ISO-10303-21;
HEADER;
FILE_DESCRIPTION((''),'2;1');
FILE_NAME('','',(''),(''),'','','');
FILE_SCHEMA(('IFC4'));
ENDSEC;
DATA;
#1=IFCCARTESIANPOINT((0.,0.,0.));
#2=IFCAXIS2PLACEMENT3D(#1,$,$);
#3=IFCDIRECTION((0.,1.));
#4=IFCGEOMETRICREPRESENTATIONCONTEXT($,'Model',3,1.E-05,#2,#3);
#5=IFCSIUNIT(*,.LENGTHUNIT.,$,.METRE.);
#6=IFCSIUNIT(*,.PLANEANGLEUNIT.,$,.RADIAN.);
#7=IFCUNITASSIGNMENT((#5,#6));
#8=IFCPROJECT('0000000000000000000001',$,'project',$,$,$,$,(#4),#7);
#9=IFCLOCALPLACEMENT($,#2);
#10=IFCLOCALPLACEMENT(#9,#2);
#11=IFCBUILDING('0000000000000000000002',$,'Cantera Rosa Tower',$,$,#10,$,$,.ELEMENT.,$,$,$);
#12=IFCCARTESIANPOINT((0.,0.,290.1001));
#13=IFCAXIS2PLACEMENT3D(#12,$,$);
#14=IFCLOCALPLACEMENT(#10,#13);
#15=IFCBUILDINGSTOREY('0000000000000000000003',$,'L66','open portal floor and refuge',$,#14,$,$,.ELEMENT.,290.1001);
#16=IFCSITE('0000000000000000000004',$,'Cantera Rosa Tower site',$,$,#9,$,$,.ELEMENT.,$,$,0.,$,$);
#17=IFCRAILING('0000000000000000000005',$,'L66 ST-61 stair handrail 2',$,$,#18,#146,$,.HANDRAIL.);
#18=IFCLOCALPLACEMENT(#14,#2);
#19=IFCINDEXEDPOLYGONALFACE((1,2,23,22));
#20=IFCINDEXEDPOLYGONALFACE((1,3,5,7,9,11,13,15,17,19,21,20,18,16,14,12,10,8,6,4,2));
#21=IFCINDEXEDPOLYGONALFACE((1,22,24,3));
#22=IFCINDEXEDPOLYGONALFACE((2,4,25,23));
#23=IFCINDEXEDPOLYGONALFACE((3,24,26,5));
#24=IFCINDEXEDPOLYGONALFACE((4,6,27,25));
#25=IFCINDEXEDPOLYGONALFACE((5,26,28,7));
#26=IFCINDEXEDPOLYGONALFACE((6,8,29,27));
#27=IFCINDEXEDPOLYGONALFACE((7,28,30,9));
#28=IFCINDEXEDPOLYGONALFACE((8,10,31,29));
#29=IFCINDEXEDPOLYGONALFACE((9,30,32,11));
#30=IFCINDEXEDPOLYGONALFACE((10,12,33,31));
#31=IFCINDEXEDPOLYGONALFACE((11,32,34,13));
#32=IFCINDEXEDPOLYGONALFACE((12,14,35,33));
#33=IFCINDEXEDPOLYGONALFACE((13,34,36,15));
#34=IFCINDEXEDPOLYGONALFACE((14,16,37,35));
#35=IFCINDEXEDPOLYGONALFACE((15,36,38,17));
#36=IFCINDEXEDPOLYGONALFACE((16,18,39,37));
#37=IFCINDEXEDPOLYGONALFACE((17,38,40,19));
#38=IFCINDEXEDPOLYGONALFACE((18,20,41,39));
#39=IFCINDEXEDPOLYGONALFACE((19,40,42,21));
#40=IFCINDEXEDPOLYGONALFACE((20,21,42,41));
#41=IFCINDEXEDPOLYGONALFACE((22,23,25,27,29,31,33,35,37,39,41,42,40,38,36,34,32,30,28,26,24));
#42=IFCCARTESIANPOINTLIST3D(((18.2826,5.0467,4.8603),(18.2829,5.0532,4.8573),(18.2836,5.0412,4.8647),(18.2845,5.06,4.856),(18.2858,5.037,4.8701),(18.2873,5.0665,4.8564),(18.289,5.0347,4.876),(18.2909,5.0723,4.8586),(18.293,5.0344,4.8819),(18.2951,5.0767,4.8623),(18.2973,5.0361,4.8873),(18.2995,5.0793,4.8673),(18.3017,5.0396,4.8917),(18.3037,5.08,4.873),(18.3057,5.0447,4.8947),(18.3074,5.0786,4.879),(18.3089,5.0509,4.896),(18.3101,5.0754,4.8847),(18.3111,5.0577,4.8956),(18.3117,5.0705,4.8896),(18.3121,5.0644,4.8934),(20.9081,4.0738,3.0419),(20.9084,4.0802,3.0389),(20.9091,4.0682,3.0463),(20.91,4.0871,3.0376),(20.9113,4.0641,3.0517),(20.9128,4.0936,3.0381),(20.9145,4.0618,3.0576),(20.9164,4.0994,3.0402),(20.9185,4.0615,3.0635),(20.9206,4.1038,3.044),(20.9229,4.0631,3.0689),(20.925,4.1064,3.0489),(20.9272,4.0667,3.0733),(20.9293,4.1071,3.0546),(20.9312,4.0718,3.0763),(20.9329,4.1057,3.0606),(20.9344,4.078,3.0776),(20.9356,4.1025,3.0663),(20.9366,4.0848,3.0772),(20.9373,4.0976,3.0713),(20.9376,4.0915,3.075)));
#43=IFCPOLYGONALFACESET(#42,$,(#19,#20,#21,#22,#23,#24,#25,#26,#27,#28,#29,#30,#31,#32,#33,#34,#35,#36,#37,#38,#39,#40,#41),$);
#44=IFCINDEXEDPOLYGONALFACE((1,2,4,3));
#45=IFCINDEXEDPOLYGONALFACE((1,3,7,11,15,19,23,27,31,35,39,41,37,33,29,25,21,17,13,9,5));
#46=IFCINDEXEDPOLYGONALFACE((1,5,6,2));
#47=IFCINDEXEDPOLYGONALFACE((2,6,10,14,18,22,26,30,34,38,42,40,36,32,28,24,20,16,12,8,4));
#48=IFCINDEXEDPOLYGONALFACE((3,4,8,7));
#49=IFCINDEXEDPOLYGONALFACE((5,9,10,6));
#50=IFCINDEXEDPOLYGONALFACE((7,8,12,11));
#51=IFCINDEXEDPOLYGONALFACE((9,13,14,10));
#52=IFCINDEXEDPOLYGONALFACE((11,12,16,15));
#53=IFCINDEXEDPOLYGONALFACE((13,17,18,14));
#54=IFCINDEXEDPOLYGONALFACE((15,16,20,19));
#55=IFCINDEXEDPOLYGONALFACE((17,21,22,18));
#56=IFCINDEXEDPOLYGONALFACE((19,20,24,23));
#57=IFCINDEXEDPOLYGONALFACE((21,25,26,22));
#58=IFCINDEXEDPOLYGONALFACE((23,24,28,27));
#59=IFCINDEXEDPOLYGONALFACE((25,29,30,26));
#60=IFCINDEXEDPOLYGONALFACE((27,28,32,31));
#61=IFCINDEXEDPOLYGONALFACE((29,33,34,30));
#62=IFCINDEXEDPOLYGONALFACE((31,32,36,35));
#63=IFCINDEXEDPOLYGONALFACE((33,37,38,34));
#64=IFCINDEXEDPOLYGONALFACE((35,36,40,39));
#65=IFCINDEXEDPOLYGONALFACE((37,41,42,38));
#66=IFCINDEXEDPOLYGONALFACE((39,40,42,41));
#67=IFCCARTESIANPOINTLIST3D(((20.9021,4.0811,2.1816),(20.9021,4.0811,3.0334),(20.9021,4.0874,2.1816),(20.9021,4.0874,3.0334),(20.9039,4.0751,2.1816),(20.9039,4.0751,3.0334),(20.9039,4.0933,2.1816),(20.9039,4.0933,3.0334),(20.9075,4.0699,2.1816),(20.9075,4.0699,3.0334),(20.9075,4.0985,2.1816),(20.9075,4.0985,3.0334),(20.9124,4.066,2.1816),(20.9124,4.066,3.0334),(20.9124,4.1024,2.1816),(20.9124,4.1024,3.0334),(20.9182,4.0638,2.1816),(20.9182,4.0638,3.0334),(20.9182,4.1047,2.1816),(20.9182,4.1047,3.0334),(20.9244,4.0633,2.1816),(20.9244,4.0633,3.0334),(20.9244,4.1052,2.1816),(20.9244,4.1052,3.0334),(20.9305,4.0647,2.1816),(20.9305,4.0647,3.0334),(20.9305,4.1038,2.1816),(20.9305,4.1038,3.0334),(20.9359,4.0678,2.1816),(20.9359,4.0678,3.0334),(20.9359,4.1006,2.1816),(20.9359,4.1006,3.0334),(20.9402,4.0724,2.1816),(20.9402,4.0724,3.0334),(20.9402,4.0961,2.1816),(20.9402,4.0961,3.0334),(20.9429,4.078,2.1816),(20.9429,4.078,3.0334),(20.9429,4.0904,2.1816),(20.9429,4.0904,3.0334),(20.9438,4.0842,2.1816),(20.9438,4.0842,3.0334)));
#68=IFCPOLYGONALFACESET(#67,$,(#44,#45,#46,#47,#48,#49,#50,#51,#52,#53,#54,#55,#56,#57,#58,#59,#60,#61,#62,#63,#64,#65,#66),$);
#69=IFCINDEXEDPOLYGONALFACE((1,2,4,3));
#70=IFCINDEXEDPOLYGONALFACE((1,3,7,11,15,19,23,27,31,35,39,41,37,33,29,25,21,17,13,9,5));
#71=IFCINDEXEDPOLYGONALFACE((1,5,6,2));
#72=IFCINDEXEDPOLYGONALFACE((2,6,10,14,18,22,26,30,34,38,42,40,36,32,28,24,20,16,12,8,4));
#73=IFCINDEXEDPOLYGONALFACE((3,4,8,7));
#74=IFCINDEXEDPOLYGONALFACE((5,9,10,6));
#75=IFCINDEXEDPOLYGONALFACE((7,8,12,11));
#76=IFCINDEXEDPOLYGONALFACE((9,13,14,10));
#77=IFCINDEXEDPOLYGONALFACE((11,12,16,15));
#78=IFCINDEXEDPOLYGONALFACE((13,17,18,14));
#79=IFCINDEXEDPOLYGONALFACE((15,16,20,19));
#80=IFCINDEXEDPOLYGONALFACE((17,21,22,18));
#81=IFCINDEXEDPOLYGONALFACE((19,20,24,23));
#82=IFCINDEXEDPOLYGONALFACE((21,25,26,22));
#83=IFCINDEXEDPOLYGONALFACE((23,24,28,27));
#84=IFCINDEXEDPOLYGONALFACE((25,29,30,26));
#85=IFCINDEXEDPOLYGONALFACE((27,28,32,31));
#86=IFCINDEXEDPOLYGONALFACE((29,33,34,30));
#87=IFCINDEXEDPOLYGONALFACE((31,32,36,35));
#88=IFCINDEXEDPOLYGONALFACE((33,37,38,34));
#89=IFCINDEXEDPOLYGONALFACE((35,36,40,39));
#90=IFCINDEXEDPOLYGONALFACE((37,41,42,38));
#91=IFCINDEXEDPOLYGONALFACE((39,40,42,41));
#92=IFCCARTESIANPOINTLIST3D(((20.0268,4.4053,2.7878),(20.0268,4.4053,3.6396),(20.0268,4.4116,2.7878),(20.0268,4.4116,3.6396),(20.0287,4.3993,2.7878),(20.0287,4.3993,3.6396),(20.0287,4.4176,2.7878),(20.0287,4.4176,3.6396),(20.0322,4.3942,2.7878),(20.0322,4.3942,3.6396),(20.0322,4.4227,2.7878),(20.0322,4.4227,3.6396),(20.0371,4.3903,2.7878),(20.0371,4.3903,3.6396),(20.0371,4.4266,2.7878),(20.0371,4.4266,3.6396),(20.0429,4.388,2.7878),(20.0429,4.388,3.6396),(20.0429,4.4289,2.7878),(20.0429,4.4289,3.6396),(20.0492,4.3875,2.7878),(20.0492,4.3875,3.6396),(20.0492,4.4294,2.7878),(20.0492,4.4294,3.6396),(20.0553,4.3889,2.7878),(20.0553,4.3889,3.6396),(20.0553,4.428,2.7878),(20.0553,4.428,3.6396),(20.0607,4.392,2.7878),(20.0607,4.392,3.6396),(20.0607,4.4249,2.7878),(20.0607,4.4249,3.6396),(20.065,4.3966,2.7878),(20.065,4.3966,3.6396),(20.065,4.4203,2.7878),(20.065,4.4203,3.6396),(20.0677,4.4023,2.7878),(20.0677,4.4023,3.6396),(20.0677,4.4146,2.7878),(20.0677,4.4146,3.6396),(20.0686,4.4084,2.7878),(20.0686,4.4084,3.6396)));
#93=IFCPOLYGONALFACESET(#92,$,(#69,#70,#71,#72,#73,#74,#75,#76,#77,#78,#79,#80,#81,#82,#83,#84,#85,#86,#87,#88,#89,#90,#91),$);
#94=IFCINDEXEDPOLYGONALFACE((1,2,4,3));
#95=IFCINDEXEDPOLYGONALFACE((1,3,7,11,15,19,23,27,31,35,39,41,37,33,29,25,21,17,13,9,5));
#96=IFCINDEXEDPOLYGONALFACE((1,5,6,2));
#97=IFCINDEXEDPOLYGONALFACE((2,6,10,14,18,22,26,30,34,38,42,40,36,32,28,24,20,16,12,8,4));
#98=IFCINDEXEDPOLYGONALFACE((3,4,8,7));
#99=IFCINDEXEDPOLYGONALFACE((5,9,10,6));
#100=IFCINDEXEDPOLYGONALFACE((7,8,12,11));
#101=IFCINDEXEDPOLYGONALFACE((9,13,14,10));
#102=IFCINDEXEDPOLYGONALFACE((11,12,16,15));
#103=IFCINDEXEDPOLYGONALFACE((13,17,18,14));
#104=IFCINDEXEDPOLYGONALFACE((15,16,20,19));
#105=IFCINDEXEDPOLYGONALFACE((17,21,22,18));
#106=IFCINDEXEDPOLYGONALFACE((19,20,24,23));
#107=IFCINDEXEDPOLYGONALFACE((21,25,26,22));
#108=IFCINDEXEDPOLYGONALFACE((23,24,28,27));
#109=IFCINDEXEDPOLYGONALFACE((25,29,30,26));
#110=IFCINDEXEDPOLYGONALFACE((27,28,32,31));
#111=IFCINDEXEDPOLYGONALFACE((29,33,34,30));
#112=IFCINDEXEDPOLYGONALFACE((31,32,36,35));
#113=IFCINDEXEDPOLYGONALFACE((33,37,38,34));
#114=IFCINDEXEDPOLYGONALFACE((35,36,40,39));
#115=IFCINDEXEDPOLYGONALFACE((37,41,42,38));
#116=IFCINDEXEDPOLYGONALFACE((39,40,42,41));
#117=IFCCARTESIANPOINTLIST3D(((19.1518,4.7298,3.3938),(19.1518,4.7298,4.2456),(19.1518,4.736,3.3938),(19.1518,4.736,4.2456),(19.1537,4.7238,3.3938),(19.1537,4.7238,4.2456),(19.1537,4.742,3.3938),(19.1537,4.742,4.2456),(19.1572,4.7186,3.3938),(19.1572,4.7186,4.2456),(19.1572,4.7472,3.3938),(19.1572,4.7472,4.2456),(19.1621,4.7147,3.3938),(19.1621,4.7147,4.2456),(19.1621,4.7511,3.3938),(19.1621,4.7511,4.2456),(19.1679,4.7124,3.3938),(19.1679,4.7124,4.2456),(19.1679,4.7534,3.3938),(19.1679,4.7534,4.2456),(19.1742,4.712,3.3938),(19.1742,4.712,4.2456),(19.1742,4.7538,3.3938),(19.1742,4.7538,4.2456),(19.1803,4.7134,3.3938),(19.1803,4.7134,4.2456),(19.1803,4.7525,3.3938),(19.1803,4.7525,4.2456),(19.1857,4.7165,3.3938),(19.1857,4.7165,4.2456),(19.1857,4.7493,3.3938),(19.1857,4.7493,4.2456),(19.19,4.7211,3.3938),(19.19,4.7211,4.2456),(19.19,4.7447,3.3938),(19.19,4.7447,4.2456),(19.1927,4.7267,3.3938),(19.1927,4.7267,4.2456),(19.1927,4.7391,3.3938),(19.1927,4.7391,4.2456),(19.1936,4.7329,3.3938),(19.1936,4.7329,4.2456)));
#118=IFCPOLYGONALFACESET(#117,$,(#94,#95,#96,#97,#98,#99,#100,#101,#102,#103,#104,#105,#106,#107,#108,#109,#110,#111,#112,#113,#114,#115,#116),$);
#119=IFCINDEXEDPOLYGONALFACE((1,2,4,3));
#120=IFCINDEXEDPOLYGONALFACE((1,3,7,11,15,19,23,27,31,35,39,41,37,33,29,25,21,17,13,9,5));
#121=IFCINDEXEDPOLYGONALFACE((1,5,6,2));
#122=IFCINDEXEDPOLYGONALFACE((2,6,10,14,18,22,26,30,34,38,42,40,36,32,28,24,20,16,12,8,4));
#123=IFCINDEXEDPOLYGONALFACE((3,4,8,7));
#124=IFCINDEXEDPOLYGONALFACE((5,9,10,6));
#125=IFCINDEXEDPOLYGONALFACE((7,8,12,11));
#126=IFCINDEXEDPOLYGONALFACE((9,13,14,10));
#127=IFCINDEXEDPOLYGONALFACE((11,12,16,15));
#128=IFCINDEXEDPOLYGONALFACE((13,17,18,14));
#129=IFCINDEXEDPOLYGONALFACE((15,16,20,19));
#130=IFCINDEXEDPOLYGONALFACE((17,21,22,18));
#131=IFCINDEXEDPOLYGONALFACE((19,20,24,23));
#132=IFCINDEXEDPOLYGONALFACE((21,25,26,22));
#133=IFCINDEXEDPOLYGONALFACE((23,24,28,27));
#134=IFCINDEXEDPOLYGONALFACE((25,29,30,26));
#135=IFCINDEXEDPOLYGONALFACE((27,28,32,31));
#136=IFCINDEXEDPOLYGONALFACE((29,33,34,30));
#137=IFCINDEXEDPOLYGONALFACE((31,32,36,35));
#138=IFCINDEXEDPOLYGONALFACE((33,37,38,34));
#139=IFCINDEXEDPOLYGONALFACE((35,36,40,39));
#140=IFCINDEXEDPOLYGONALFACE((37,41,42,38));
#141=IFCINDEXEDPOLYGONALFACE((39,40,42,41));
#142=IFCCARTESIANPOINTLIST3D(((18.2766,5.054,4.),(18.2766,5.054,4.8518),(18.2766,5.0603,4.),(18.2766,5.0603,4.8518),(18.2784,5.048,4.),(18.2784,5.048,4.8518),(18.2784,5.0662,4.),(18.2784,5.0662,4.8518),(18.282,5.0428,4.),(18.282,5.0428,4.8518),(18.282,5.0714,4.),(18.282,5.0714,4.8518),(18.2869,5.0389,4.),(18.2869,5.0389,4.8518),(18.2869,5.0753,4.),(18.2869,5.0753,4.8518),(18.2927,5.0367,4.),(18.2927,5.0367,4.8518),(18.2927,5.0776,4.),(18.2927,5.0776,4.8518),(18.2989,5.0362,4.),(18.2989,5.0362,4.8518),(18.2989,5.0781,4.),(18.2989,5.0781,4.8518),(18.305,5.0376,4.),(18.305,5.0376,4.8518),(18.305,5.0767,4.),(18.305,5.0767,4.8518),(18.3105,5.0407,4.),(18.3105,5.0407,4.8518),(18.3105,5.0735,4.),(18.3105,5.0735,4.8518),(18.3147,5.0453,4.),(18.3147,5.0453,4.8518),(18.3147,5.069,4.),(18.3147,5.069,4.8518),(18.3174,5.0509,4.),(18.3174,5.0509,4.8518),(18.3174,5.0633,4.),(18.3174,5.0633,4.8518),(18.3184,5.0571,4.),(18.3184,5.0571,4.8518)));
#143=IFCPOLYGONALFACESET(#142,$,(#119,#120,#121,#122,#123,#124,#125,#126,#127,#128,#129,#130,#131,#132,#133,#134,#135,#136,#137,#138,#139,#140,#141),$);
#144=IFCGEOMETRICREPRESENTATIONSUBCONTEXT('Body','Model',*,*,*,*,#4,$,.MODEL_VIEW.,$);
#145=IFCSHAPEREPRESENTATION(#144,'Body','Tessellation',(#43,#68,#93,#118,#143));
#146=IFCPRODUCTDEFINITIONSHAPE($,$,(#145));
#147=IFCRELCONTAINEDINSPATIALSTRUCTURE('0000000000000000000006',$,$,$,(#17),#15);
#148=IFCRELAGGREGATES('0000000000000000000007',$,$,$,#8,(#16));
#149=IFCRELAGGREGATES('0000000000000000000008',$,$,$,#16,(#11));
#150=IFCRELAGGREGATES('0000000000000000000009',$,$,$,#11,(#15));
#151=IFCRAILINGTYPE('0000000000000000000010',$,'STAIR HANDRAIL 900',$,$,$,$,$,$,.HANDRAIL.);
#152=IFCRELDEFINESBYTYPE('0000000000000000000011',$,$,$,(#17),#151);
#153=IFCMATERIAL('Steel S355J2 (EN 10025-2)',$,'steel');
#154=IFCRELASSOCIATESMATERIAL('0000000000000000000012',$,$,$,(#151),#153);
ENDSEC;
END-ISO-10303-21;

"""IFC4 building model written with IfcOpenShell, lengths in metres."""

from ifc_helpers import new_model, si_unit, direction, frame, origin, origin_2d, place, context, subcontext, project, spatial, circle, extrude, material, type_object, element, save


model = new_model("IFC4")

# Units and contexts
model_context = context("Model", 3, precision=1e-05, world=origin(), true_north=direction((0.0, 1.0)))
body_context = subcontext(model_context, "Body", "Model", "MODEL_VIEW")
ifc_project = project(units=[si_unit("LENGTHUNIT", "METRE"), si_unit("PLANEANGLEUNIT", "RADIAN")], contexts=[model_context])

# Site, building, storey
site_placement = place(None, origin())
site = spatial("IfcSite", under=ifc_project, at=site_placement, Name="Cantera Rosa Tower site", CompositionType="ELEMENT", RefElevation=0.0)
building_placement = place(site_placement, origin())
building = spatial("IfcBuilding", under=site, at=building_placement, Name="Cantera Rosa Tower", CompositionType="ELEMENT")
storey_placement = place(building_placement, frame((0.0, 0.0, 290.1001)))
storey = spatial("IfcBuildingStorey", under=building, at=storey_placement, Name="L66", Description="open portal floor and refuge", CompositionType="ELEMENT", Elevation=290.1001)

# Railing
ifc_material_1 = material(Name="Steel S355J2 (EN 10025-2)", Category="steel")
railing_type_1 = type_object("IfcRailingType", Name="STAIR HANDRAIL 900", PredefinedType="HANDRAIL", material=ifc_material_1)
railing_1_placement = place(storey_placement, frame((20.9229, 4.0842, 2.1816)))
element("IfcRailing", 1, at=railing_1_placement, inside=storey, type_object=railing_type_1, Name="L66 ST-61 stair handrail 2", PredefinedType="HANDRAIL", context=body_context, shape_type="SweptSolid", body=[
    extrude(circle(Radius=0.0239, at=origin_2d()), frame((0.0, 0.0, 0.876), z_axis=(-0.786407, 0.291411, 0.54465), x_axis=(-0.347471, -0.937691, 0.0)), (0.0, 0.0, 1.0), 3.3386),
    extrude(circle(Radius=0.021, at=origin_2d()), origin(), (0.0, 0.0, 1.0), 0.8518),
    extrude(circle(Radius=0.021, at=origin_2d()), frame((-0.8752, 0.3242, 0.6062)), (0.0, 0.0, 1.0), 0.8518),
    extrude(circle(Radius=0.021, at=origin_2d()), frame((-1.7502, 0.6487, 1.2122)), (0.0, 0.0, 1.0), 0.8518),
    extrude(circle(Radius=0.021, at=origin_2d()), frame((-2.6255, 0.9729, 1.8184)), (0.0, 0.0, 1.0), 0.8518),
])

save(model, "model.ifc")
